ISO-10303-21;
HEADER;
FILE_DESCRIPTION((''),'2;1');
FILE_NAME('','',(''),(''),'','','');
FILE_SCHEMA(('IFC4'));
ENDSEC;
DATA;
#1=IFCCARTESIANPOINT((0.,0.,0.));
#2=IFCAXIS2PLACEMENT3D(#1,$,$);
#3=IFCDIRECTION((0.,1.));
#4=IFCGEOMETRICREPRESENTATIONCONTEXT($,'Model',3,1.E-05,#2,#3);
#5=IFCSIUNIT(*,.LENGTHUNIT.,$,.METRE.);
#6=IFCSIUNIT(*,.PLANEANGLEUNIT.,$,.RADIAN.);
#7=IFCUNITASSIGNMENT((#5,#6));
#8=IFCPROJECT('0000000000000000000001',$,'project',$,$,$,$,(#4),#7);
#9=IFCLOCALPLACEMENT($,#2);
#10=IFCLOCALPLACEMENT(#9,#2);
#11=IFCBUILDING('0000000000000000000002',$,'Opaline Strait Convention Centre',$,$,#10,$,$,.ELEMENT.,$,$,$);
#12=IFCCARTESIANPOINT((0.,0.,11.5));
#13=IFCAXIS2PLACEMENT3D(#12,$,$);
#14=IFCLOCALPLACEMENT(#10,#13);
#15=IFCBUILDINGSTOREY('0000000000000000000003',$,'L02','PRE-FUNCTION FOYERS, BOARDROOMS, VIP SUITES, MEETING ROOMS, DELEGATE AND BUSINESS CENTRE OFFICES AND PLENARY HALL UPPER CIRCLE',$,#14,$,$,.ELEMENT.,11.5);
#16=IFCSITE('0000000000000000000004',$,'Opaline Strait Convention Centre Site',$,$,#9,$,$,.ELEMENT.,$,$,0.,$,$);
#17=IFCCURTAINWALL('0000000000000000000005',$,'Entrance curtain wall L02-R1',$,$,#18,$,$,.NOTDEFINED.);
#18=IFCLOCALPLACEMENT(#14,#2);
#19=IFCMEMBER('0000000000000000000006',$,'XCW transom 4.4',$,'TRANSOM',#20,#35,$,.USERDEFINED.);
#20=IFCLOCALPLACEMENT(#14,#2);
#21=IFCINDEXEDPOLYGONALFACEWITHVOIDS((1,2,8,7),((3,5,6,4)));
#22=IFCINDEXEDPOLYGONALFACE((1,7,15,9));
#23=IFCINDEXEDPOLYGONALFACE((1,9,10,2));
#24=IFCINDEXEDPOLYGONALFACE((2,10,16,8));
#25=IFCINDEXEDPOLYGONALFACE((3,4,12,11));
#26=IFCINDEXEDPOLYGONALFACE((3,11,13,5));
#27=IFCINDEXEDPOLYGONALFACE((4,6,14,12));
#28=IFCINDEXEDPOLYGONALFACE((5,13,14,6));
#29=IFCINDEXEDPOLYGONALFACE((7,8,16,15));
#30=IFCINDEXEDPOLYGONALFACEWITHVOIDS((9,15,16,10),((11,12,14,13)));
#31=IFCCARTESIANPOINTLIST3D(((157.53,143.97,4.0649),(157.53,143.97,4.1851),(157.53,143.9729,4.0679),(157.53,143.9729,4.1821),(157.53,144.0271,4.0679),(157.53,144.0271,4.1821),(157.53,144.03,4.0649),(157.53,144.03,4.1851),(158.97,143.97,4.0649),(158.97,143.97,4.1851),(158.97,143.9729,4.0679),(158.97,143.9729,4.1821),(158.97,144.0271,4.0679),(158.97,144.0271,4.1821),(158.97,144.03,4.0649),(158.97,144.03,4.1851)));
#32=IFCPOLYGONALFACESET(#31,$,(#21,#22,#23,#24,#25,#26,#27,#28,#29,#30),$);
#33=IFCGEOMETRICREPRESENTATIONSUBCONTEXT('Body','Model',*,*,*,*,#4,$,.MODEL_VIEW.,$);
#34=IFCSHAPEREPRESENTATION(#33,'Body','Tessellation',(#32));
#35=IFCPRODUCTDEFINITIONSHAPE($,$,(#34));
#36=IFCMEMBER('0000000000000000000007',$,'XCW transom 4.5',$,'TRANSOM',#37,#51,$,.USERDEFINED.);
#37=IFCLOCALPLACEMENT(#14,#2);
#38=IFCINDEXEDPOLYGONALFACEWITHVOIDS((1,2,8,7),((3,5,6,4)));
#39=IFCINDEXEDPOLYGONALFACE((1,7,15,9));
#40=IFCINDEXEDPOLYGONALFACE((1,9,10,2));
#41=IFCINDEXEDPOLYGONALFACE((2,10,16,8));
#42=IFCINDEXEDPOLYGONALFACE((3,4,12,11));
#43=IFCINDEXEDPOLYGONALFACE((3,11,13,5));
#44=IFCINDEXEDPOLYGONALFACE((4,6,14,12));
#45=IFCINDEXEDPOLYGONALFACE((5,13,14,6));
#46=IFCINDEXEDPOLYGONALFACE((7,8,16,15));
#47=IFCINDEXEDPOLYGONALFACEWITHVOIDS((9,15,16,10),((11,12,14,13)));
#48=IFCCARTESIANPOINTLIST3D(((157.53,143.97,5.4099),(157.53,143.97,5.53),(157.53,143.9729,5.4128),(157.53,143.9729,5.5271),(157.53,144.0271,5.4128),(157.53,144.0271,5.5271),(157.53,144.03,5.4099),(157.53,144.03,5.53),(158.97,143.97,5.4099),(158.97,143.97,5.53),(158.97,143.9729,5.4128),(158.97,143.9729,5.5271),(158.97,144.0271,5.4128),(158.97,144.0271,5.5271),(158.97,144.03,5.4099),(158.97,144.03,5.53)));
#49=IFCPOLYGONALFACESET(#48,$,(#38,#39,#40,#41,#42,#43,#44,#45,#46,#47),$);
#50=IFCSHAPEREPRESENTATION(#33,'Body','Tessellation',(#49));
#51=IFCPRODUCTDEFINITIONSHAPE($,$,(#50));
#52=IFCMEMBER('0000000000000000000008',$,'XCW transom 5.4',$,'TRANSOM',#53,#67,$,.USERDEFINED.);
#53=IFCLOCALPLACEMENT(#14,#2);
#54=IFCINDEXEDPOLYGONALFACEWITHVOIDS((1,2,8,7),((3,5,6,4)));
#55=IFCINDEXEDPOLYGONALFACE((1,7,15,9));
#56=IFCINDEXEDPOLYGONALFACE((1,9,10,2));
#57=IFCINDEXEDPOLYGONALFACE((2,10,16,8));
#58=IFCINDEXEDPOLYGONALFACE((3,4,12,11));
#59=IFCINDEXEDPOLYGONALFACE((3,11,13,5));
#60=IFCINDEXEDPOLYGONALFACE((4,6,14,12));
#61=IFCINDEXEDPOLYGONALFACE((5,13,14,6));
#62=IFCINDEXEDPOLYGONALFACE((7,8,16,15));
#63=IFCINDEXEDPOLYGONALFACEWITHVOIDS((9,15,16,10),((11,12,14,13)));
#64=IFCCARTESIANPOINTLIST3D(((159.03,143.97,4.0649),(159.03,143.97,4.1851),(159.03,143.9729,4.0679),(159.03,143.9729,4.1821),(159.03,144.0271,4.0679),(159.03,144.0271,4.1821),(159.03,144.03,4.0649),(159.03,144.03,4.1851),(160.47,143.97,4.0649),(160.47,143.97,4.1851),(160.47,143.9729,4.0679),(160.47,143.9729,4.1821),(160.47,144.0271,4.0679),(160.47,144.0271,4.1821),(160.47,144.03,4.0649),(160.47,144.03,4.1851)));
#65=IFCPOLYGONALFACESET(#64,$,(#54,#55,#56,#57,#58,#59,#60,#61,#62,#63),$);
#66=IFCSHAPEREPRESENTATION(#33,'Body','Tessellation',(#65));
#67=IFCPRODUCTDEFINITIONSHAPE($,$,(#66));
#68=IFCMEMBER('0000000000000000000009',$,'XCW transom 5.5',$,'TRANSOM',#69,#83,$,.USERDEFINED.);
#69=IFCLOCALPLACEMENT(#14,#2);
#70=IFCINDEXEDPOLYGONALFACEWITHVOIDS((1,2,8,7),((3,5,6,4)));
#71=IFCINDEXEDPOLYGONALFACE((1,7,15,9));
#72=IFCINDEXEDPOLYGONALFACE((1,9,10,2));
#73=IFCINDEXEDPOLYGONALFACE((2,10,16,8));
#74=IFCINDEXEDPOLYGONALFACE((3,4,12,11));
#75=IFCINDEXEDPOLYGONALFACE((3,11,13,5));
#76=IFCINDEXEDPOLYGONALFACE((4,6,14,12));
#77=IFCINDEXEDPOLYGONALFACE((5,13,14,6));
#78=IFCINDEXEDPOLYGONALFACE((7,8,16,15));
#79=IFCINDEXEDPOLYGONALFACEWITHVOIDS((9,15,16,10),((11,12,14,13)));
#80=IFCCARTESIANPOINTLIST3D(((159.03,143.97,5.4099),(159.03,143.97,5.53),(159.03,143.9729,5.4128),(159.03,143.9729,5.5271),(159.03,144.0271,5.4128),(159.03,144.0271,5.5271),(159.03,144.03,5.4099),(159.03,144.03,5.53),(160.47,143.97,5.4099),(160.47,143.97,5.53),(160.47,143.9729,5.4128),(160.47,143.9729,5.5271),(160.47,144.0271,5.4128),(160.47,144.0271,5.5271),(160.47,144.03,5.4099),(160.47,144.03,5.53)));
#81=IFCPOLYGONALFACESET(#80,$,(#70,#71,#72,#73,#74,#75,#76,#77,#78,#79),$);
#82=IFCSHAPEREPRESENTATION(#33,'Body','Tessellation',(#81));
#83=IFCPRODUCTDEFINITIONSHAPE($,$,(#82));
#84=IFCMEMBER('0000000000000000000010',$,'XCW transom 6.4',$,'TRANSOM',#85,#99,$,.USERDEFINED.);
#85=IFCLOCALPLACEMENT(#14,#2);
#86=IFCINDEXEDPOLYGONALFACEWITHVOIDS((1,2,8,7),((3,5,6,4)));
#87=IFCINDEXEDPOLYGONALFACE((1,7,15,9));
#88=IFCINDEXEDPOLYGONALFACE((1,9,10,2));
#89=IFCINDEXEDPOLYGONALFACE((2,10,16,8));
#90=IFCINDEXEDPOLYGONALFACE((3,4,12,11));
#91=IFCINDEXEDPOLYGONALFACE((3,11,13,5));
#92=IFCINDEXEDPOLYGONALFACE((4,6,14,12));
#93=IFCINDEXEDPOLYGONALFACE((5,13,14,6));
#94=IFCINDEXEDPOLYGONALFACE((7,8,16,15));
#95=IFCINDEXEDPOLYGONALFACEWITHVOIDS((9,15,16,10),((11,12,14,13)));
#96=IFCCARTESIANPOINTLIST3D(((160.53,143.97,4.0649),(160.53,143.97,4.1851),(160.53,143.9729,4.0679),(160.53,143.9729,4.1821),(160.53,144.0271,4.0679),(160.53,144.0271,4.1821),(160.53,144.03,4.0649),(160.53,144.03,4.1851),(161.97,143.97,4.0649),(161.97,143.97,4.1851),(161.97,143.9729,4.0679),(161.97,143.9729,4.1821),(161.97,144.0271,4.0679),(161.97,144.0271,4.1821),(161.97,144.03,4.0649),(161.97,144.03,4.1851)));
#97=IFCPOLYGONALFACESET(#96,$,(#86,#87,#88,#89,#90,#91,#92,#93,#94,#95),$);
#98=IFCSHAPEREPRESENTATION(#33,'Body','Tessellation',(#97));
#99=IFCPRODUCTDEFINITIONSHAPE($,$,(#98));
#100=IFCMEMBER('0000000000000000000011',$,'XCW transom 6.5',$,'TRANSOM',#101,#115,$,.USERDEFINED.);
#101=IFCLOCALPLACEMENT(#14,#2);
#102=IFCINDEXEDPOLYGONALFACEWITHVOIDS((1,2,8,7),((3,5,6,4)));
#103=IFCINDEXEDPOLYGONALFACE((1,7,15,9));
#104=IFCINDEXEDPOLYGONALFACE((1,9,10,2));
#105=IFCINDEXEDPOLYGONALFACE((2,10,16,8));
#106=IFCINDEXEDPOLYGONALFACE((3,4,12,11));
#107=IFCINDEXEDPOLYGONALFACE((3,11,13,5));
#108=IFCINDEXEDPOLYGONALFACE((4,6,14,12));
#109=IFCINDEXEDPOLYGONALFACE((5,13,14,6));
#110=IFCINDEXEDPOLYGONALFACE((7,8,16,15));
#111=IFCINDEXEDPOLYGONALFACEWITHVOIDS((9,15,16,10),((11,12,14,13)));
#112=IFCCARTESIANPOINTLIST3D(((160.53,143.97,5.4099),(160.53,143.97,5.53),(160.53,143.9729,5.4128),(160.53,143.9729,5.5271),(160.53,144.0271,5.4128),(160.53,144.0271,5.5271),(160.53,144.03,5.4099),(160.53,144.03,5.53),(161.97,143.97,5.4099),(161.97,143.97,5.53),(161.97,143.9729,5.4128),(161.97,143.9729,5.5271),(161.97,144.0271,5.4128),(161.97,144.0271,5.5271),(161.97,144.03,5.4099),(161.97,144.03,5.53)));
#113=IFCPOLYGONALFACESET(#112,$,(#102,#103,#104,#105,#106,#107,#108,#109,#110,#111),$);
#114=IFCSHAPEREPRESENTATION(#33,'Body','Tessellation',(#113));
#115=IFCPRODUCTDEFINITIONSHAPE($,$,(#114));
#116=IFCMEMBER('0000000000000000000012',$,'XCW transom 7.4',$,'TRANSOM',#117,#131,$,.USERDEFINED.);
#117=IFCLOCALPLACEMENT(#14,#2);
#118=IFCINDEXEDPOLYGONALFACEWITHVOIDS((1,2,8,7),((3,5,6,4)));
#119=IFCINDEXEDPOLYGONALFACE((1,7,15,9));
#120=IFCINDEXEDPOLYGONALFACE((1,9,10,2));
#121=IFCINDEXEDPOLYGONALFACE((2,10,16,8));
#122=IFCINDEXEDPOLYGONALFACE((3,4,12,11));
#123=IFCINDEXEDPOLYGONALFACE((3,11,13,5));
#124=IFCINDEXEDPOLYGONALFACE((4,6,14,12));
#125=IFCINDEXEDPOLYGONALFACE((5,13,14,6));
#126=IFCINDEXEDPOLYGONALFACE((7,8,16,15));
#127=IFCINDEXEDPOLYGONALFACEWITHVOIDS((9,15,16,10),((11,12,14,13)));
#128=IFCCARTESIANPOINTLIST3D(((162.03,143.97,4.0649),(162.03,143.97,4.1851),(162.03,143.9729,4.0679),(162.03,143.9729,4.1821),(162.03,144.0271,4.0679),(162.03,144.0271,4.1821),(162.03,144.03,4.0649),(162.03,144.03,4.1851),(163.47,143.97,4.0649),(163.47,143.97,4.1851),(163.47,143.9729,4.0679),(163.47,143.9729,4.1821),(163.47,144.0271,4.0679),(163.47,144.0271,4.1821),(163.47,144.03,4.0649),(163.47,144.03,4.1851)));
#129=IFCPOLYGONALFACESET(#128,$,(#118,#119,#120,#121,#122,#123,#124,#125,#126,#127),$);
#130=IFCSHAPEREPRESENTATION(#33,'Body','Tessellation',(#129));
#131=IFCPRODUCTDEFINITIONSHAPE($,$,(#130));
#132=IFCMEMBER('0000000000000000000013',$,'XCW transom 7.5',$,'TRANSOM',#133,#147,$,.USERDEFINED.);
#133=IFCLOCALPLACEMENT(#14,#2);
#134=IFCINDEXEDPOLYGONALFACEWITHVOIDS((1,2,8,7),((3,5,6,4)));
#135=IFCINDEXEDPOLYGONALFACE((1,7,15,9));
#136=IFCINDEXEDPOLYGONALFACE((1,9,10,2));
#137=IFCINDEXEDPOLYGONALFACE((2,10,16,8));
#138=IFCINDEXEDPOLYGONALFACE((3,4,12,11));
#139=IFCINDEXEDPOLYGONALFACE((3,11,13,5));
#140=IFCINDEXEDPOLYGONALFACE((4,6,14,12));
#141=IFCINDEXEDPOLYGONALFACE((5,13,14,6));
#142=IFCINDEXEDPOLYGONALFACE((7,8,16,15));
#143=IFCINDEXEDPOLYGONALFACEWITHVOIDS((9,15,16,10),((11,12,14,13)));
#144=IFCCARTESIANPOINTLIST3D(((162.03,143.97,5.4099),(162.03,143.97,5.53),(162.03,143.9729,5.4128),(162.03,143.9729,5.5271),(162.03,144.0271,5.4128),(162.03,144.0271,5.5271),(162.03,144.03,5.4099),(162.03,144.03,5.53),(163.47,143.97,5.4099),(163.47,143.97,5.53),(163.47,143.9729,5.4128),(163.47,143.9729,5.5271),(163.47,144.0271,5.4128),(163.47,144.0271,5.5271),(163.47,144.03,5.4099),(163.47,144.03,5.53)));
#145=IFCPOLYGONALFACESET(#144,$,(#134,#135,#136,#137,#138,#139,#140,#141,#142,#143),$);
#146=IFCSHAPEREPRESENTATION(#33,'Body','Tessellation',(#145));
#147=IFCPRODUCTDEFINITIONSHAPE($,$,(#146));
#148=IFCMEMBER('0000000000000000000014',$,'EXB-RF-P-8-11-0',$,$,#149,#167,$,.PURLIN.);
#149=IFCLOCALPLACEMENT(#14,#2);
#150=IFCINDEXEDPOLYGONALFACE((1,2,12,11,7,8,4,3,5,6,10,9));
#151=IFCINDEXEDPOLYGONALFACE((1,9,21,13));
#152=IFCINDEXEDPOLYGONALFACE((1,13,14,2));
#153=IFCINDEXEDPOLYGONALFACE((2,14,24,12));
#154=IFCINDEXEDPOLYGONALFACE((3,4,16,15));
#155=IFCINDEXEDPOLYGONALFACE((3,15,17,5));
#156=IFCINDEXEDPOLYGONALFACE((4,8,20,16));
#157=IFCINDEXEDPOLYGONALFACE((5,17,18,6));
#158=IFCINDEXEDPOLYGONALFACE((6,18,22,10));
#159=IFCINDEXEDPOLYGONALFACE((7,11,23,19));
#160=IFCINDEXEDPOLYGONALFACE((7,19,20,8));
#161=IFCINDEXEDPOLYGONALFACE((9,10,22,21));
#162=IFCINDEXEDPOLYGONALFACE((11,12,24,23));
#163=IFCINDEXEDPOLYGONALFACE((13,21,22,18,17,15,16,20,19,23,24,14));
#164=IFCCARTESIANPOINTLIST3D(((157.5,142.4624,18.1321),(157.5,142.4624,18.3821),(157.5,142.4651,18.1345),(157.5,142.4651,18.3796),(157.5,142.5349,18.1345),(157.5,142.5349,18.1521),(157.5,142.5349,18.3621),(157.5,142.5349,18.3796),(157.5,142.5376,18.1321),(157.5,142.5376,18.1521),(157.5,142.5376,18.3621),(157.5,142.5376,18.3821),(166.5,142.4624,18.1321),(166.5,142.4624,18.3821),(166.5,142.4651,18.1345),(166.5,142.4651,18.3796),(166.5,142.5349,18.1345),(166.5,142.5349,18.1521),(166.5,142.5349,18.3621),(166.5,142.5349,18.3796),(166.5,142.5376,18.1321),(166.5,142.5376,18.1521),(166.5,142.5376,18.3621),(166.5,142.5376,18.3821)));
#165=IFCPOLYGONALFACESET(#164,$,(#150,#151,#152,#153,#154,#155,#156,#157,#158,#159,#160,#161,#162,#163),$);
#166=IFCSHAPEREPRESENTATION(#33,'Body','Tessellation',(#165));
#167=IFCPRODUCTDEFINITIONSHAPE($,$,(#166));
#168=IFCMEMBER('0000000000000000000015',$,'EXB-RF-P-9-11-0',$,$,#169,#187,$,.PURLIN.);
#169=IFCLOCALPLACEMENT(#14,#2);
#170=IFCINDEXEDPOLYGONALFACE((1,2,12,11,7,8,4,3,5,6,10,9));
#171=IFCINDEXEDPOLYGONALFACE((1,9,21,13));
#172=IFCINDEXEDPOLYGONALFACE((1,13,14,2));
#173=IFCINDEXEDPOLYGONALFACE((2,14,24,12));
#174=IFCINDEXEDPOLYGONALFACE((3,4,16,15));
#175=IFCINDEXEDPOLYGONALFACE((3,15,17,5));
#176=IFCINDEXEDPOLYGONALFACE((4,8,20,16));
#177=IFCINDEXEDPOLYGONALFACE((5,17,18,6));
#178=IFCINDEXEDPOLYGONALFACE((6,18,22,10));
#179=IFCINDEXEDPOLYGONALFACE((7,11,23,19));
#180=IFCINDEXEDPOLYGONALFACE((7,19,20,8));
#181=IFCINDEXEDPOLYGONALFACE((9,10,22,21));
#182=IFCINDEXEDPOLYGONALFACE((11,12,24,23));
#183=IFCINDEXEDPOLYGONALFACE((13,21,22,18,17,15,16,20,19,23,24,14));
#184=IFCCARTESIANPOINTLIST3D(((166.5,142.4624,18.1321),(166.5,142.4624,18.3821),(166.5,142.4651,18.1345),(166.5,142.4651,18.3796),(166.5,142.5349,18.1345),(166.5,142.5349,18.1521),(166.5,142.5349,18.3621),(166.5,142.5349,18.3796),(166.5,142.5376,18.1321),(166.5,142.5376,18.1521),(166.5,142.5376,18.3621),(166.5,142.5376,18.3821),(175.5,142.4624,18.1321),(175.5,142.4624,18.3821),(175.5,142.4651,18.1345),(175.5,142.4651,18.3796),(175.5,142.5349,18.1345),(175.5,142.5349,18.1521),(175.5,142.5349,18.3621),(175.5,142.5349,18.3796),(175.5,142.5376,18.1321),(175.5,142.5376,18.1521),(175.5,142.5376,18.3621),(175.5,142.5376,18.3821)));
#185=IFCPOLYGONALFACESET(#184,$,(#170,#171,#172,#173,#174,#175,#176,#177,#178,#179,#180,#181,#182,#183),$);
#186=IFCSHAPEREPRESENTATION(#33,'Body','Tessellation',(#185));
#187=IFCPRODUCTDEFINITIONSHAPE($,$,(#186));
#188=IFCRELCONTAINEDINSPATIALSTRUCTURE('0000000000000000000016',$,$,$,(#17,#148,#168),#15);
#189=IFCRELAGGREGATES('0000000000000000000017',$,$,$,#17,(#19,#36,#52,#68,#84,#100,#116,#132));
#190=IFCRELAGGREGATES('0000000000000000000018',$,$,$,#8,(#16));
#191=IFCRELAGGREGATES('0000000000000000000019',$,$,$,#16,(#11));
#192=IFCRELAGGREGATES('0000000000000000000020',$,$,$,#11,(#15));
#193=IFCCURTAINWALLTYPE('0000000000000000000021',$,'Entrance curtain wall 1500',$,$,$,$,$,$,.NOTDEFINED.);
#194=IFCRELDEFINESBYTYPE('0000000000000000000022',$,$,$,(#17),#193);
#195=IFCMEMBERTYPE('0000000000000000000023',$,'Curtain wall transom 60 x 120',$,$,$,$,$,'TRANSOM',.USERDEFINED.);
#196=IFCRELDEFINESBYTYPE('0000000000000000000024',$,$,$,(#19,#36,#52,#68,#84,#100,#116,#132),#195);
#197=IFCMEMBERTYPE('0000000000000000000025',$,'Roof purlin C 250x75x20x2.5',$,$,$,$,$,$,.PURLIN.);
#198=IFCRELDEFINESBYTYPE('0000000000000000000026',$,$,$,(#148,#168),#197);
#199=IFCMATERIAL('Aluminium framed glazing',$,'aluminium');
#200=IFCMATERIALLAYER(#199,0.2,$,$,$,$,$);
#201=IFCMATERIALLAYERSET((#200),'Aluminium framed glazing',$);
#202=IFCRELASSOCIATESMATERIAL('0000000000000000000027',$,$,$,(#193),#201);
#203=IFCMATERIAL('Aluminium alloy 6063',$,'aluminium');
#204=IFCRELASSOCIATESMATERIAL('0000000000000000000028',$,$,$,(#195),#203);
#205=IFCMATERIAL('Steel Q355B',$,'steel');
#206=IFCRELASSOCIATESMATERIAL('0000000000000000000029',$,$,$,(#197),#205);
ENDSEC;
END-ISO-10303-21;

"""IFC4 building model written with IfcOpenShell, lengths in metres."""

from ifc_helpers import new_model, si_unit, direction, frame, origin, origin_2d, place, context, subcontext, project, spatial, polyline, hollow_rectangle, outline, extrude, material, layer, layer_set, material_profile, profile_set, type_object, element, aggregate, save


model = new_model("IFC4")

# Units and contexts
model_context = context("Model", 3, precision=1e-05, world=origin(), true_north=direction((0.0, 1.0)))
body_context = subcontext(model_context, "Body", "Model", "MODEL_VIEW")
ifc_project = project(units=[si_unit("LENGTHUNIT", "METRE"), si_unit("PLANEANGLEUNIT", "RADIAN")], contexts=[model_context])

# Site, building, storey
site_placement = place(None, origin())
site = spatial("IfcSite", under=ifc_project, at=site_placement, Name="Opaline Strait Convention Centre Site", CompositionType="ELEMENT", RefElevation=0.0)
building_placement = place(site_placement, origin())
building = spatial("IfcBuilding", under=site, at=building_placement, Name="Opaline Strait Convention Centre", CompositionType="ELEMENT")
storey_placement = place(building_placement, frame((0.0, 0.0, 11.5)))
storey = spatial("IfcBuildingStorey", under=building, at=storey_placement, Name="L02", Description="PRE-FUNCTION FOYERS, BOARDROOMS, VIP SUITES, MEETING ROOMS, DELEGATE AND BUSINESS CENTRE OFFICES AND PLENARY HALL UPPER CIRCLE", CompositionType="ELEMENT", Elevation=11.5)

# Curtain wall, members
ifc_material_1 = material(Name="Aluminium framed glazing", Category="aluminium")
ifc_layer_1 = layer(ifc_material_1, 0.2)
ifc_layer_set_1 = layer_set([ifc_layer_1], Name="Aluminium framed glazing")
curtain_wall_type = type_object("IfcCurtainWallType", Name="Entrance curtain wall 1500", PredefinedType="NOTDEFINED", material=ifc_layer_set_1)
curtain_wall_placement = place(storey_placement, origin())
curtain_wall = element("IfcCurtainWall", 1, at=curtain_wall_placement, inside=storey, type_object=curtain_wall_type, Name="Entrance curtain wall L02-R1", PredefinedType="NOTDEFINED")
ifc_material_2 = material(Name="Aluminium alloy 6063", Category="aluminium")
ifc_material_profile_1 = material_profile(ifc_material_2, hollow_rectangle(XDim=0.0601, YDim=0.1201, WallThickness=0.0029, at=origin_2d()), Name="TRANSOM 60x120x3")
ifc_profile_set_1 = profile_set([ifc_material_profile_1], Name="Aluminium alloy 6063")
member_type_1 = type_object("IfcMemberType", Name="Curtain wall transom 60 x 120", ElementType="TRANSOM", PredefinedType="USERDEFINED", material=ifc_profile_set_1)
member_1_placement = place(storey_placement, frame((157.53, 144.0, 4.125), z_axis=(1.0, 0.0, 0.0), x_axis=(0.0, 1.0, 0.0)))
member_1 = element("IfcMember", 2, at=member_1_placement, type_object=member_type_1, Name="XCW transom 4.4", ObjectType="TRANSOM", PredefinedType="USERDEFINED", context=body_context, shape_type="SweptSolid", body=[
    extrude(hollow_rectangle(XDim=0.0601, YDim=0.1201, WallThickness=0.0029, at=origin_2d()), origin(), (0.0, 0.0, 1.0), 1.4399),
])
member_2_placement = place(storey_placement, frame((157.53, 144.0, 5.47), z_axis=(1.0, 0.0, 0.0), x_axis=(0.0, 1.0, 0.0)))
member_2 = element("IfcMember", 3, at=member_2_placement, type_object=member_type_1, Name="XCW transom 4.5", ObjectType="TRANSOM", PredefinedType="USERDEFINED", context=body_context, shape_type="SweptSolid", body=[
    extrude(hollow_rectangle(XDim=0.0601, YDim=0.1201, WallThickness=0.0029, at=origin_2d()), origin(), (0.0, 0.0, 1.0), 1.4399),
])
member_3_placement = place(storey_placement, frame((159.03, 144.0, 4.125), z_axis=(1.0, 0.0, 0.0), x_axis=(0.0, 1.0, 0.0)))
member_3 = element("IfcMember", 4, at=member_3_placement, type_object=member_type_1, Name="XCW transom 5.4", ObjectType="TRANSOM", PredefinedType="USERDEFINED", context=body_context, shape_type="SweptSolid", body=[
    extrude(hollow_rectangle(XDim=0.0601, YDim=0.1201, WallThickness=0.0029, at=origin_2d()), origin(), (0.0, 0.0, 1.0), 1.4399),
])
member_4_placement = place(storey_placement, frame((159.03, 144.0, 5.47), z_axis=(1.0, 0.0, 0.0), x_axis=(0.0, 1.0, 0.0)))
member_4 = element("IfcMember", 5, at=member_4_placement, type_object=member_type_1, Name="XCW transom 5.5", ObjectType="TRANSOM", PredefinedType="USERDEFINED", context=body_context, shape_type="SweptSolid", body=[
    extrude(hollow_rectangle(XDim=0.0601, YDim=0.1201, WallThickness=0.0029, at=origin_2d()), origin(), (0.0, 0.0, 1.0), 1.4399),
])
member_5_placement = place(storey_placement, frame((160.53, 144.0, 4.125), z_axis=(1.0, 0.0, 0.0), x_axis=(0.0, 1.0, 0.0)))
member_5 = element("IfcMember", 6, at=member_5_placement, type_object=member_type_1, Name="XCW transom 6.4", ObjectType="TRANSOM", PredefinedType="USERDEFINED", context=body_context, shape_type="SweptSolid", body=[
    extrude(hollow_rectangle(XDim=0.0601, YDim=0.1201, WallThickness=0.0029, at=origin_2d()), origin(), (0.0, 0.0, 1.0), 1.4399),
])
member_6_placement = place(storey_placement, frame((160.53, 144.0, 5.47), z_axis=(1.0, 0.0, 0.0), x_axis=(0.0, 1.0, 0.0)))
member_6 = element("IfcMember", 7, at=member_6_placement, type_object=member_type_1, Name="XCW transom 6.5", ObjectType="TRANSOM", PredefinedType="USERDEFINED", context=body_context, shape_type="SweptSolid", body=[
    extrude(hollow_rectangle(XDim=0.0601, YDim=0.1201, WallThickness=0.0029, at=origin_2d()), origin(), (0.0, 0.0, 1.0), 1.4399),
])
member_7_placement = place(storey_placement, frame((162.03, 144.0, 4.125), z_axis=(1.0, 0.0, 0.0), x_axis=(0.0, 1.0, 0.0)))
member_7 = element("IfcMember", 8, at=member_7_placement, type_object=member_type_1, Name="XCW transom 7.4", ObjectType="TRANSOM", PredefinedType="USERDEFINED", context=body_context, shape_type="SweptSolid", body=[
    extrude(hollow_rectangle(XDim=0.0601, YDim=0.1201, WallThickness=0.0029, at=origin_2d()), origin(), (0.0, 0.0, 1.0), 1.4399),
])
member_8_placement = place(storey_placement, frame((162.03, 144.0, 5.47), z_axis=(1.0, 0.0, 0.0), x_axis=(0.0, 1.0, 0.0)))
member_8 = element("IfcMember", 9, at=member_8_placement, type_object=member_type_1, Name="XCW transom 7.5", ObjectType="TRANSOM", PredefinedType="USERDEFINED", context=body_context, shape_type="SweptSolid", body=[
    extrude(hollow_rectangle(XDim=0.0601, YDim=0.1201, WallThickness=0.0029, at=origin_2d()), origin(), (0.0, 0.0, 1.0), 1.4399),
])

# Members
ifc_material_3 = material(Name="Steel Q355B", Category="steel")
ifc_material_profile_2 = material_profile(ifc_material_3, outline(polyline([(-0.0376, -0.125), (0.0376, -0.125), (0.0376, -0.105), (0.0349, -0.105), (0.0349, -0.1226), (-0.0349, -0.1226), (-0.0349, 0.1226), (0.0349, 0.1226), (0.0349, 0.105), (0.0376, 0.105), (0.0376, 0.125), (-0.0376, 0.125), (-0.0376, -0.125)])), Name="C 250x75x20x2.5")
ifc_profile_set_2 = profile_set([ifc_material_profile_2], Name="Steel Q355B")
member_type_2 = type_object("IfcMemberType", Name="Roof purlin C 250x75x20x2.5", PredefinedType="PURLIN", material=ifc_profile_set_2)
for number, where, z_axis, x_axis, name in (
    (10, (157.5, 142.5, 18.2571), (1.0, 0.0, 0.0), (0.0, 1.0, 0.0), "EXB-RF-P-8-11-0"),
    (11, (166.5, 142.5, 18.2571), (1.0, 0.0, 0.0), (0.0, 1.0, 0.0), "EXB-RF-P-9-11-0"),
):
    element("IfcMember", number, at=place(storey_placement, frame(where, z_axis=z_axis, x_axis=x_axis)), inside=storey, type_object=member_type_2, Name=name, PredefinedType="PURLIN", context=body_context, shape_type="SweptSolid", body=[
        extrude(outline(polyline([(-0.0376, -0.125), (0.0376, -0.125), (0.0376, -0.105), (0.0349, -0.105), (0.0349, -0.1226), (-0.0349, -0.1226), (-0.0349, 0.1226), (0.0349, 0.1226), (0.0349, 0.105), (0.0376, 0.105), (0.0376, 0.125), (-0.0376, 0.125), (-0.0376, -0.125)])), origin(), (0.0, 0.0, 1.0), 9.0),
    ])

aggregate(curtain_wall, [member_1, member_2, member_3, member_4, member_5, member_6, member_7, member_8])

save(model, "model.ifc")
